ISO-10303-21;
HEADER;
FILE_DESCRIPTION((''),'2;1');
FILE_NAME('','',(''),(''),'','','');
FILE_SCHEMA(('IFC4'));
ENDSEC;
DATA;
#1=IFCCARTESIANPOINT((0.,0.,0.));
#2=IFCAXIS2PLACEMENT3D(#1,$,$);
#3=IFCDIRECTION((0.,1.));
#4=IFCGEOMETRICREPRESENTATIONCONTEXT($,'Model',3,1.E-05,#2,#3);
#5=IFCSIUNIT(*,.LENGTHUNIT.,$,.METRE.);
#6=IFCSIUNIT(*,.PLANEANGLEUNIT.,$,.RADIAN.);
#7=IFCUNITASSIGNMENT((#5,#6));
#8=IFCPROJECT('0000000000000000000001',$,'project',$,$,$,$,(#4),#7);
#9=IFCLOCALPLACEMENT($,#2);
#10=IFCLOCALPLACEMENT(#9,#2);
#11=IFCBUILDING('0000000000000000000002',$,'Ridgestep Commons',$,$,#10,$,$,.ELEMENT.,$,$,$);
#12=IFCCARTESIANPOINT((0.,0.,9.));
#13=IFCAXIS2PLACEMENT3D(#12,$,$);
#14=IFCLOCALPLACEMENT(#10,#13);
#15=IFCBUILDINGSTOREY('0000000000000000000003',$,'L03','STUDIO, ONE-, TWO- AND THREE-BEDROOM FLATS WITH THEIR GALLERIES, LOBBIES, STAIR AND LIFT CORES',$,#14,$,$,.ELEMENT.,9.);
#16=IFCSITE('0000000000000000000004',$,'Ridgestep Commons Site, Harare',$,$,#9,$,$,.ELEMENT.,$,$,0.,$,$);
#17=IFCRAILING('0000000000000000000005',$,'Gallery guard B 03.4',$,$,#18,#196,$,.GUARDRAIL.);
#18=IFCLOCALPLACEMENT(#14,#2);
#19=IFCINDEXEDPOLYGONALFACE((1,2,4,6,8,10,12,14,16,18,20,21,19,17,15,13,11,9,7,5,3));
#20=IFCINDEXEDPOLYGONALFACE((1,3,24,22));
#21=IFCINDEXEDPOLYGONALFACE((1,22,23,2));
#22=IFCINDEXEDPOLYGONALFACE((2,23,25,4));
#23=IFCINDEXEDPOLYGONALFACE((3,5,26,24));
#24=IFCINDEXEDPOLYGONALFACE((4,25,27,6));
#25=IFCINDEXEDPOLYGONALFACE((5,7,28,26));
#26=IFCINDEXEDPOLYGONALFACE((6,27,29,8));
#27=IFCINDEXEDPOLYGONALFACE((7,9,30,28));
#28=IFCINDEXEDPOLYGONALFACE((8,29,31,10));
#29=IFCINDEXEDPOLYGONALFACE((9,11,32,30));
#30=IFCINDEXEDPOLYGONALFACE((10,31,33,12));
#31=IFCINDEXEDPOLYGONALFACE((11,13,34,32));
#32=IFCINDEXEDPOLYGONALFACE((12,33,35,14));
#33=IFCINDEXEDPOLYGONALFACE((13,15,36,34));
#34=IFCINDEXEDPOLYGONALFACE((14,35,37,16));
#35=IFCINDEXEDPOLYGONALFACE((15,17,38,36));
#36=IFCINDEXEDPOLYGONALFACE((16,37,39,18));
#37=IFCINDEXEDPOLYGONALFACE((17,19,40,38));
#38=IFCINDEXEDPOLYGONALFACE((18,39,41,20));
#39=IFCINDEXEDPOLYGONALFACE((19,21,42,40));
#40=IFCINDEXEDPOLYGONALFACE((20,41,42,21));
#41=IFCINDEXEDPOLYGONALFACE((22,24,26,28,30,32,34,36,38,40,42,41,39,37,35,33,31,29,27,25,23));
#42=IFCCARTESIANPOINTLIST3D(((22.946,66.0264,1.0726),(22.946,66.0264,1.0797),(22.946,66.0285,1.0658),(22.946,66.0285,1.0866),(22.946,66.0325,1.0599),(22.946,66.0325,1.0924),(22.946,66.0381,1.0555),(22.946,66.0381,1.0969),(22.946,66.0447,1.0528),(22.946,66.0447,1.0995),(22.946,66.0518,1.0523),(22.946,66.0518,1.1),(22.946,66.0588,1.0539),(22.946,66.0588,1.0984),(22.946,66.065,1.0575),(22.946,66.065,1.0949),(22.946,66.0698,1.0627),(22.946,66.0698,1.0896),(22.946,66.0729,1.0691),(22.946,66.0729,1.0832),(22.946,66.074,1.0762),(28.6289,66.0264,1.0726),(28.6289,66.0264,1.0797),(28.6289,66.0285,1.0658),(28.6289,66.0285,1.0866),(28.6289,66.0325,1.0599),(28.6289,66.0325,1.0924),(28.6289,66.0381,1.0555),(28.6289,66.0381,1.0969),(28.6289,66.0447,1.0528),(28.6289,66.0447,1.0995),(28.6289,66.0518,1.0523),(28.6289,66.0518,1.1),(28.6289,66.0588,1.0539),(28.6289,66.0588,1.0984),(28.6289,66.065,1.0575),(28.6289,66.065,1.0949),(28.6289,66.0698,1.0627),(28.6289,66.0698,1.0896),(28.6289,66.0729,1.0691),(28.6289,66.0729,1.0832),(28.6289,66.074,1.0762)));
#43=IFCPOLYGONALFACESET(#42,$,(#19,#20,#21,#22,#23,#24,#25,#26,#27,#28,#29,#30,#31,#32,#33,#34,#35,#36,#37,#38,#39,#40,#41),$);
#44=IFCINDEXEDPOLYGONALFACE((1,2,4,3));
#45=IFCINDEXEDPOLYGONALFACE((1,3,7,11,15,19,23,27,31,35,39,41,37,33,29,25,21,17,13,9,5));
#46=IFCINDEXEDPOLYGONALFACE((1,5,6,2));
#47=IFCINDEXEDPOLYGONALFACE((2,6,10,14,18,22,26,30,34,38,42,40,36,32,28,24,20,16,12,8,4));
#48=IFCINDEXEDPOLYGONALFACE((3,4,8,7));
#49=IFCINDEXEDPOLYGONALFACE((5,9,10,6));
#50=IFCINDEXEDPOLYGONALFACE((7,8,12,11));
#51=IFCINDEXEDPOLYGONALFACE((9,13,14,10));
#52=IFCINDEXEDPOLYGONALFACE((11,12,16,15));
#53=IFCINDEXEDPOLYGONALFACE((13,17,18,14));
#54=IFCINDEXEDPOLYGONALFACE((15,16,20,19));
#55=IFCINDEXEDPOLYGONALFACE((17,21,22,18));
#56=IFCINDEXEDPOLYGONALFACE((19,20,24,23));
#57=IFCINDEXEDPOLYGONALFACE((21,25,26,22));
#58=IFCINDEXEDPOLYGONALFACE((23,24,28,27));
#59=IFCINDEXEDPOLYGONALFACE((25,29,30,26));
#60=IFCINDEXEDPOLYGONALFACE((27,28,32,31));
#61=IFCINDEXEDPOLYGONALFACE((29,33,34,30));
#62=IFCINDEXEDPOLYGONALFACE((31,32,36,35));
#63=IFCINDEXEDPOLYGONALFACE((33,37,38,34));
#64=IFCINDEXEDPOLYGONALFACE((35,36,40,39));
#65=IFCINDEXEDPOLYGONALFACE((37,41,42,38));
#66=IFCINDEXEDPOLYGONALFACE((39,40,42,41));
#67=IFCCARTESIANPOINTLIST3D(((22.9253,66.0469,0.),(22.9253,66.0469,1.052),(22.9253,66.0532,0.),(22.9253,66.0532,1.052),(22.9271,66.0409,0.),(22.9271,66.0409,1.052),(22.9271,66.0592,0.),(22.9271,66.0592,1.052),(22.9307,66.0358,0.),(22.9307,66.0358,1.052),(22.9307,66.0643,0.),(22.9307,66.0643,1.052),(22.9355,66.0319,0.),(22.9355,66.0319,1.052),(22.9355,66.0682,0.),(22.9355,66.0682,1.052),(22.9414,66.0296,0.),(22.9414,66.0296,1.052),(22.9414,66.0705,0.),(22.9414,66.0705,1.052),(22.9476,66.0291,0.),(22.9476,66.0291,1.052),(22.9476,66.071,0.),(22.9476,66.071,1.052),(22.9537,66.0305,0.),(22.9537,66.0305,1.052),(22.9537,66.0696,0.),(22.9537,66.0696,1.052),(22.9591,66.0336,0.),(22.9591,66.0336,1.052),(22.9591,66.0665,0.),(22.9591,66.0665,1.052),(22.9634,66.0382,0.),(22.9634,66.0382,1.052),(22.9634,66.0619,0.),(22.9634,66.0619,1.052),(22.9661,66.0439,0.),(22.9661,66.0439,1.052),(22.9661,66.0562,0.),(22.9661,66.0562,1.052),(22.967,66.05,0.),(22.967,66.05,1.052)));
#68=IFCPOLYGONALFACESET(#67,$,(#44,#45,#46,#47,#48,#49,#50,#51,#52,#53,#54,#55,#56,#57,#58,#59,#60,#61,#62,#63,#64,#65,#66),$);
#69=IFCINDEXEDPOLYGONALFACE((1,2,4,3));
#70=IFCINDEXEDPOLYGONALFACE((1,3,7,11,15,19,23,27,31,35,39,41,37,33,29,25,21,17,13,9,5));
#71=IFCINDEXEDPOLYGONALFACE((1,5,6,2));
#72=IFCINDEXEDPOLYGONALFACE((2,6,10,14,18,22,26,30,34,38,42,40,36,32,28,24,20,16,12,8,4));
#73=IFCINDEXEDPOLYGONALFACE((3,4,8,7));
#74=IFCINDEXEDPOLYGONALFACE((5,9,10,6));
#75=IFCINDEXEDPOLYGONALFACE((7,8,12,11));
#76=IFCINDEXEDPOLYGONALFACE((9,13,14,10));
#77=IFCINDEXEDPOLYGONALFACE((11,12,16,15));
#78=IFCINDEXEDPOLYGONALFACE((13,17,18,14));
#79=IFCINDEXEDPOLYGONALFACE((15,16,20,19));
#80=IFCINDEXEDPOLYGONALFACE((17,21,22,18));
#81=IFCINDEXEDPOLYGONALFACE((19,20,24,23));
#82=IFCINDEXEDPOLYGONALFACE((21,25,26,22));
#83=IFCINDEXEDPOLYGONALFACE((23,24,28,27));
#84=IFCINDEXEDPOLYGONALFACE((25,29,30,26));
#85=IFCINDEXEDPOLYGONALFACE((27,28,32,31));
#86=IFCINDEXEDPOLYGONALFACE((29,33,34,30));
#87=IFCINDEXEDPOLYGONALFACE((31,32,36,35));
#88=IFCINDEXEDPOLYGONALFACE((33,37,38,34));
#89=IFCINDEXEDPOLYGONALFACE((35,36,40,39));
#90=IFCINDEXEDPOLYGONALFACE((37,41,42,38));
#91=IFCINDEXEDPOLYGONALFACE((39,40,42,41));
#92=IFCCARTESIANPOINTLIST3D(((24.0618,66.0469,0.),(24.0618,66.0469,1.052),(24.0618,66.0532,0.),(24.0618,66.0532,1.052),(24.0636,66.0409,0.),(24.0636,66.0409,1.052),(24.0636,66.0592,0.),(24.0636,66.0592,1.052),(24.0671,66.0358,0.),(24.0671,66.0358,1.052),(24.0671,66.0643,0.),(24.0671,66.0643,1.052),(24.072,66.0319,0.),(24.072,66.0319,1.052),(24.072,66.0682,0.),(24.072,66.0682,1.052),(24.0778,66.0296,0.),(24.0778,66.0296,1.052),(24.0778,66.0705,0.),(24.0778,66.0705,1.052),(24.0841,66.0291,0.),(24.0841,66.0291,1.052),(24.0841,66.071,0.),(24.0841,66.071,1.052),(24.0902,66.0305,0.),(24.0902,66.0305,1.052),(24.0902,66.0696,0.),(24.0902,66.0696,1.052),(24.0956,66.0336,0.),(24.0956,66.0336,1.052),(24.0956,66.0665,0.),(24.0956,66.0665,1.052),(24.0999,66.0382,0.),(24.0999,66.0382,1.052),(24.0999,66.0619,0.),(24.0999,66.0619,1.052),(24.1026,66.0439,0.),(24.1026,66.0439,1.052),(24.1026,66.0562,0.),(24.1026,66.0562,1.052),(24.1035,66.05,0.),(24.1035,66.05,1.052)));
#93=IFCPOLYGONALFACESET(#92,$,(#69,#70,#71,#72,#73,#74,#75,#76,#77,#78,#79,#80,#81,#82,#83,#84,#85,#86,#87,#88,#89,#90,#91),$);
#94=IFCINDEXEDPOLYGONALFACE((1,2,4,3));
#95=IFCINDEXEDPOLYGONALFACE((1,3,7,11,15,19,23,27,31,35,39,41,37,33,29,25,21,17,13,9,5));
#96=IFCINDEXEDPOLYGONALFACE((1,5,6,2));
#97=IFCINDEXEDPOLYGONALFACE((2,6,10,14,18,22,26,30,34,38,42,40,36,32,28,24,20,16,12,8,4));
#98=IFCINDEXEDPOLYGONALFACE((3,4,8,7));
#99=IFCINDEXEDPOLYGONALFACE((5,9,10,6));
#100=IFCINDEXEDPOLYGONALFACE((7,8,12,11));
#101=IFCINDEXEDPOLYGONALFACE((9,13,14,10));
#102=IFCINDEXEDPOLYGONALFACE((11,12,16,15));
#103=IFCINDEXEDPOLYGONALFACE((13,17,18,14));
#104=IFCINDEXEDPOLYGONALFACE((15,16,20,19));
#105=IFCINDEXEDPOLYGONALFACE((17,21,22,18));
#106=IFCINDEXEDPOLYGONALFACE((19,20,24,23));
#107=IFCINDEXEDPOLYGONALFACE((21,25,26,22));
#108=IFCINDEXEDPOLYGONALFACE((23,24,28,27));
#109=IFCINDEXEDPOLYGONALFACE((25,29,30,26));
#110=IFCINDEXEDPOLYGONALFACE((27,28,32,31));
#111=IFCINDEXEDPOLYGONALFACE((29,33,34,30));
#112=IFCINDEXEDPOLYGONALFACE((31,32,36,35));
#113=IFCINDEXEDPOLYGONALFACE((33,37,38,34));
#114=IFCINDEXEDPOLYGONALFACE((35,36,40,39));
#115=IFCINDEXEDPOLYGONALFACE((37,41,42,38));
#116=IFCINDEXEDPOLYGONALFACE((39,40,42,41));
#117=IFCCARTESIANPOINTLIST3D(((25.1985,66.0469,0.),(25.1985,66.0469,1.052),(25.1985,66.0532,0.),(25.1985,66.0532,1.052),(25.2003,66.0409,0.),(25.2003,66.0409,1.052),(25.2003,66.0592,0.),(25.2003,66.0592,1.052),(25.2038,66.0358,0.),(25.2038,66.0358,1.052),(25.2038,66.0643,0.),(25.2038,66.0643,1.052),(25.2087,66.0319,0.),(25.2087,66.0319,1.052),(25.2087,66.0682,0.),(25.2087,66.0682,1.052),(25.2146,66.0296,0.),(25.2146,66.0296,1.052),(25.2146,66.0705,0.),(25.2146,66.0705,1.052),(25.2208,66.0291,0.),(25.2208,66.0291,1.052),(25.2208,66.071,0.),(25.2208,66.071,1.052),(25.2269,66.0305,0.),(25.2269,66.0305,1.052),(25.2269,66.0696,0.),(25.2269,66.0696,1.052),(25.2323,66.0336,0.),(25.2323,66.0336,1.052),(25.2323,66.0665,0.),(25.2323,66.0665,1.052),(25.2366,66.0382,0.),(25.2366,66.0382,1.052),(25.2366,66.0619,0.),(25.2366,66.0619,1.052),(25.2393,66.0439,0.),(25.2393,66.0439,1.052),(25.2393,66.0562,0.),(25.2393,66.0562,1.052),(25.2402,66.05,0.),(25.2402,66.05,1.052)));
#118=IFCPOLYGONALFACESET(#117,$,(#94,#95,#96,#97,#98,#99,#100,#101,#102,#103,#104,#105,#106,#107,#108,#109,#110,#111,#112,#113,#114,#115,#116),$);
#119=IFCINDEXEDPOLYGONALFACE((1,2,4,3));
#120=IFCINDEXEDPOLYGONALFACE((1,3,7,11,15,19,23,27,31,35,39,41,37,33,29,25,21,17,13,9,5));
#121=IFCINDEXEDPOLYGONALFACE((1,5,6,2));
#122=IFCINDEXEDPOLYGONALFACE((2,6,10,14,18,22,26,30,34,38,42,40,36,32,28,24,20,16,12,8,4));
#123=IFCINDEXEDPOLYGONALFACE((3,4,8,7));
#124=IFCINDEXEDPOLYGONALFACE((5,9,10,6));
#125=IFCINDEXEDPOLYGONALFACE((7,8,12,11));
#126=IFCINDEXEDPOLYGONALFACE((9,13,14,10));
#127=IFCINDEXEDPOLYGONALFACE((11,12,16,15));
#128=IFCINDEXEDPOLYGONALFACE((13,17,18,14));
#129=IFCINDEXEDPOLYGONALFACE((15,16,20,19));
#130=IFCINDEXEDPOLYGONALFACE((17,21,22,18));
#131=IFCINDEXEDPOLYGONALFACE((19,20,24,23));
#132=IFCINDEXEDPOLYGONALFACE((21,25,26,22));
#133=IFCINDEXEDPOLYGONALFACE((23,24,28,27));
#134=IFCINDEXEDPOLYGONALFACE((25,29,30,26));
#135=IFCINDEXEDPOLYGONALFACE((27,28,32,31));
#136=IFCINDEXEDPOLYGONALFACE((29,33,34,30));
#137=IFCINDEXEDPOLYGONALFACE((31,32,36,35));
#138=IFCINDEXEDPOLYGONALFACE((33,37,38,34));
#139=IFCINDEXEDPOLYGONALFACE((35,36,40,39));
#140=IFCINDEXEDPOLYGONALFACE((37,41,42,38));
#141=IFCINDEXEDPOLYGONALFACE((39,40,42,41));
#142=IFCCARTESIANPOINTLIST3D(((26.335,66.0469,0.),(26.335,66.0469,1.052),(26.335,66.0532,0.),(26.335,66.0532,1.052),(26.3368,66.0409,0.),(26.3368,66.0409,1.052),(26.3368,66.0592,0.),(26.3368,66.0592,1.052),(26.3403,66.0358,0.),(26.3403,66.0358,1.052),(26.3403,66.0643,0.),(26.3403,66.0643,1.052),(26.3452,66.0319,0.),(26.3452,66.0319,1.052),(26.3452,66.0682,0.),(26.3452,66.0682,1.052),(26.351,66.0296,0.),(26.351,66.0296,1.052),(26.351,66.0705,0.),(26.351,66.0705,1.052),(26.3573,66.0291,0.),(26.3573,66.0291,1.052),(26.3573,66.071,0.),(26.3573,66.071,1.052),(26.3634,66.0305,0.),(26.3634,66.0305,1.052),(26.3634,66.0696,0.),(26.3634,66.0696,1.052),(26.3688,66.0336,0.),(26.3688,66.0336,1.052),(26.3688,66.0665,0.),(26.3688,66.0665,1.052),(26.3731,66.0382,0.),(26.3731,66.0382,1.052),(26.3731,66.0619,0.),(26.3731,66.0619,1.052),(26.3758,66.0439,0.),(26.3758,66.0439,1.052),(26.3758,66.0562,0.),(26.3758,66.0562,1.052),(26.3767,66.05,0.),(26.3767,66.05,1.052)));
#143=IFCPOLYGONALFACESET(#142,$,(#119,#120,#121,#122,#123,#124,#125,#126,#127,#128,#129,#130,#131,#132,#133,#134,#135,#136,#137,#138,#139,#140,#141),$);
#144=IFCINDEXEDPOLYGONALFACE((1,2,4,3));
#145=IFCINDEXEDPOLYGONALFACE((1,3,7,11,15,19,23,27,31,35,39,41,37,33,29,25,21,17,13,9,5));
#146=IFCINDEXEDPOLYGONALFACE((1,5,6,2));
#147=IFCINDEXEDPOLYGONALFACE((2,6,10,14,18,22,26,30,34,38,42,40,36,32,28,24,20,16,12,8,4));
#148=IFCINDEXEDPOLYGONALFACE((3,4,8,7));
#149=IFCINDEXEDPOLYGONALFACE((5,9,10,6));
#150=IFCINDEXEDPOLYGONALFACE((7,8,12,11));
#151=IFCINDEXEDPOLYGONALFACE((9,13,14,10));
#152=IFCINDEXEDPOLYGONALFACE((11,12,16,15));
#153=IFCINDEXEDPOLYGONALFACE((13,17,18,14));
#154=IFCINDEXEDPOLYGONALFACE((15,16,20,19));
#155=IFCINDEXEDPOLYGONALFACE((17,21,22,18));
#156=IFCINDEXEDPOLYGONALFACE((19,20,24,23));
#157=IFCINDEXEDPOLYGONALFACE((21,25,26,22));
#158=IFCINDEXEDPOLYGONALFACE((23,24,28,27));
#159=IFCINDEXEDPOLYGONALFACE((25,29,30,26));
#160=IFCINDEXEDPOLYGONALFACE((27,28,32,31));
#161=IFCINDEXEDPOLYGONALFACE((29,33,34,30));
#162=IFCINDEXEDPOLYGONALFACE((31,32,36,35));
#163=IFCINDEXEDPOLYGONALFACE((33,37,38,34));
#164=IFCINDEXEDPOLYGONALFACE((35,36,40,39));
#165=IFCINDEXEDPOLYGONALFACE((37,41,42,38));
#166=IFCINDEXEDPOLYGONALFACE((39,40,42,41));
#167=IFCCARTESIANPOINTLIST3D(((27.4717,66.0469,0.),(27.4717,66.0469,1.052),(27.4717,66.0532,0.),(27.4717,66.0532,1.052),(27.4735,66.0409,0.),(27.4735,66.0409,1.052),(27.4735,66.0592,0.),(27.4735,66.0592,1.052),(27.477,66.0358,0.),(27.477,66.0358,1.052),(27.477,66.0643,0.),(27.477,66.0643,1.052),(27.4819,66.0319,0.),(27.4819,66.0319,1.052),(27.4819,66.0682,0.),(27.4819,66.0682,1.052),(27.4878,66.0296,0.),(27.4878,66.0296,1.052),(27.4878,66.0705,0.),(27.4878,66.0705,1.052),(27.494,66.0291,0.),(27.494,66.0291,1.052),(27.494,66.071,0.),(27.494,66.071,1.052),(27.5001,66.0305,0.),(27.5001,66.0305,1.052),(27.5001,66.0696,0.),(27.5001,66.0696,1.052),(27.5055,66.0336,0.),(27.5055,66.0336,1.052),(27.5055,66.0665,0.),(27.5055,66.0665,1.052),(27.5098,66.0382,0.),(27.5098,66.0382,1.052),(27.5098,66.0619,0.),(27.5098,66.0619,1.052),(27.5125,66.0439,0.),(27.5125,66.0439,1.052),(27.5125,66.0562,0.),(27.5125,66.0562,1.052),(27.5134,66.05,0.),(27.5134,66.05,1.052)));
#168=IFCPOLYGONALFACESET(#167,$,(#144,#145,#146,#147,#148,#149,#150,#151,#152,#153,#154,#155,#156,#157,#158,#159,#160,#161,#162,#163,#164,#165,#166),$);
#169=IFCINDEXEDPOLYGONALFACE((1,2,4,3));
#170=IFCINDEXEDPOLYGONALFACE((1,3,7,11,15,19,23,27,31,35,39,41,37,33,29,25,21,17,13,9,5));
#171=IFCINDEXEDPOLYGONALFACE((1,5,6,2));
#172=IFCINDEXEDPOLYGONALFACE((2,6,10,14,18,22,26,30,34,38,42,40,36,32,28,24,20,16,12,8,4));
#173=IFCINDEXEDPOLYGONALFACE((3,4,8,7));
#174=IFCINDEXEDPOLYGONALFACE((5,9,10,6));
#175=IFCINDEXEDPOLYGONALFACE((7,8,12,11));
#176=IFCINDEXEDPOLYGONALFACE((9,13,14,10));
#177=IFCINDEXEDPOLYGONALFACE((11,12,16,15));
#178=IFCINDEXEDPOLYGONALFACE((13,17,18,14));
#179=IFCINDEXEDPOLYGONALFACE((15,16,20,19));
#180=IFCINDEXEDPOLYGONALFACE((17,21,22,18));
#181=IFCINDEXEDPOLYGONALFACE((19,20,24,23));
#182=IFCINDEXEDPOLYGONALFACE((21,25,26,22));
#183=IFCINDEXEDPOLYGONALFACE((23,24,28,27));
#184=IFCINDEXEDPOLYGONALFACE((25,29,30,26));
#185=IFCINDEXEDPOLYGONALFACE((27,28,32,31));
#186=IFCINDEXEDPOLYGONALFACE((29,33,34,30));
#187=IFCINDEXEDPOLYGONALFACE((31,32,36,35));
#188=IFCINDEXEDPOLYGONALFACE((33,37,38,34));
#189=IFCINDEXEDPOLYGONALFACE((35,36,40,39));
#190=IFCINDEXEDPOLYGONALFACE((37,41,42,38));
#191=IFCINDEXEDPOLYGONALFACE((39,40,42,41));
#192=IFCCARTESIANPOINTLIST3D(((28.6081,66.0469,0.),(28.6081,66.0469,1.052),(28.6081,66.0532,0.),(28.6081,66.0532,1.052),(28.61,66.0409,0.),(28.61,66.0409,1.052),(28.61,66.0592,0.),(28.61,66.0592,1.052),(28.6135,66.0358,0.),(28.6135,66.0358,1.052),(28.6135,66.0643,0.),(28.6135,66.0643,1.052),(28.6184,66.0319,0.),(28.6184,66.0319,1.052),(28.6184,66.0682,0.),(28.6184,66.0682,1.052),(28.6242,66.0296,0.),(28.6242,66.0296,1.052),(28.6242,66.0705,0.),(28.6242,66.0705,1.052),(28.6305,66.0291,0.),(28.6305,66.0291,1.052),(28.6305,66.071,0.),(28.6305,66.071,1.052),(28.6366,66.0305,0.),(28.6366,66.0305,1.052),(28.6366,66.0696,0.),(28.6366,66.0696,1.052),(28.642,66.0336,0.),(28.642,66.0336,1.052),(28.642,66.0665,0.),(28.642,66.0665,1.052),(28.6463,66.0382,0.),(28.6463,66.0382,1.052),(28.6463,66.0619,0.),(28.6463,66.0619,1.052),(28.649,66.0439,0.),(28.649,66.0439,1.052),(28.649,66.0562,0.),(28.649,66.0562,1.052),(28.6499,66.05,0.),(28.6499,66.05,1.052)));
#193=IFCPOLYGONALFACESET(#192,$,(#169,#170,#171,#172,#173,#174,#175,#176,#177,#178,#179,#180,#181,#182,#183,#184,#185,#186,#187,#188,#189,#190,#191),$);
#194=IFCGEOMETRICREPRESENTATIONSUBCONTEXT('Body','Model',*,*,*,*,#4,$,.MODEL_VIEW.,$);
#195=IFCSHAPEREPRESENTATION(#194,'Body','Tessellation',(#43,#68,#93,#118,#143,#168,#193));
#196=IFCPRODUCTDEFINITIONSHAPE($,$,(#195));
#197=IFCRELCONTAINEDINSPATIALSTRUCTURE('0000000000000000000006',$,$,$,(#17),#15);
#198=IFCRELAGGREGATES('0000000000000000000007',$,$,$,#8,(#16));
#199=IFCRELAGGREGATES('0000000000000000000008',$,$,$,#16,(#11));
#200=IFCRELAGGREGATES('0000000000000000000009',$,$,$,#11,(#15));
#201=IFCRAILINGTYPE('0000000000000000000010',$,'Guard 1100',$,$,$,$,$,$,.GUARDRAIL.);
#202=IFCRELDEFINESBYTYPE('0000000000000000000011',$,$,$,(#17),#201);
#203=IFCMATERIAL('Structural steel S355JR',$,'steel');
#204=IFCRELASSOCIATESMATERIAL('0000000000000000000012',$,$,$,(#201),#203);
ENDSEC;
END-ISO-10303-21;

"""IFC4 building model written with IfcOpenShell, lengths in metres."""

from ifc_helpers import new_model, si_unit, direction, frame, origin, origin_2d, place, context, subcontext, project, spatial, circle, extrude, material, type_object, element, save


model = new_model("IFC4")

# Units and contexts
model_context = context("Model", 3, precision=1e-05, world=origin(), true_north=direction((0.0, 1.0)))
body_context = subcontext(model_context, "Body", "Model", "MODEL_VIEW")
ifc_project = project(units=[si_unit("LENGTHUNIT", "METRE"), si_unit("PLANEANGLEUNIT", "RADIAN")], contexts=[model_context])

# Site, building, storey
site_placement = place(None, origin())
site = spatial("IfcSite", under=ifc_project, at=site_placement, Name="Ridgestep Commons Site, Harare", CompositionType="ELEMENT", RefElevation=0.0)
building_placement = place(site_placement, origin())
building = spatial("IfcBuilding", under=site, at=building_placement, Name="Ridgestep Commons", CompositionType="ELEMENT")
storey_placement = place(building_placement, frame((0.0, 0.0, 9.0)))
storey = spatial("IfcBuildingStorey", under=building, at=storey_placement, Name="L03", Description="STUDIO, ONE-, TWO- AND THREE-BEDROOM FLATS WITH THEIR GALLERIES, LOBBIES, STAIR AND LIFT CORES", CompositionType="ELEMENT", Elevation=9.0)

# Railing
ifc_material_1 = material(Name="Structural steel S355JR", Category="steel")
railing_type_1 = type_object("IfcRailingType", Name="Guard 1100", PredefinedType="GUARDRAIL", material=ifc_material_1)
railing_1_placement = place(storey_placement, frame((22.946, 66.05, 0.0)))
element("IfcRailing", 1, at=railing_1_placement, inside=storey, type_object=railing_type_1, Name="Gallery guard B 03.4", PredefinedType="GUARDRAIL", context=body_context, shape_type="SweptSolid", body=[
    extrude(circle(Radius=0.0239, at=origin_2d()), frame((0.0, 0.0, 1.0762), z_axis=(1.0, 0.0, 0.0), x_axis=(0.0, 1.0, 0.0)), (0.0, 0.0, 1.0), 5.6829),
    extrude(circle(Radius=0.021, at=origin_2d()), origin(), (0.0, 0.0, 1.0), 1.052),
    extrude(circle(Radius=0.021, at=origin_2d()), frame((1.1365, 0.0, 0.0)), (0.0, 0.0, 1.0), 1.052),
    extrude(circle(Radius=0.021, at=origin_2d()), frame((2.2732, 0.0, 0.0)), (0.0, 0.0, 1.0), 1.052),
    extrude(circle(Radius=0.021, at=origin_2d()), frame((3.4097, 0.0, 0.0)), (0.0, 0.0, 1.0), 1.052),
    extrude(circle(Radius=0.021, at=origin_2d()), frame((4.5464, 0.0, 0.0)), (0.0, 0.0, 1.0), 1.052),
    extrude(circle(Radius=0.021, at=origin_2d()), frame((5.6829, 0.0, 0.0)), (0.0, 0.0, 1.0), 1.052),
])

save(model, "model.ifc")
